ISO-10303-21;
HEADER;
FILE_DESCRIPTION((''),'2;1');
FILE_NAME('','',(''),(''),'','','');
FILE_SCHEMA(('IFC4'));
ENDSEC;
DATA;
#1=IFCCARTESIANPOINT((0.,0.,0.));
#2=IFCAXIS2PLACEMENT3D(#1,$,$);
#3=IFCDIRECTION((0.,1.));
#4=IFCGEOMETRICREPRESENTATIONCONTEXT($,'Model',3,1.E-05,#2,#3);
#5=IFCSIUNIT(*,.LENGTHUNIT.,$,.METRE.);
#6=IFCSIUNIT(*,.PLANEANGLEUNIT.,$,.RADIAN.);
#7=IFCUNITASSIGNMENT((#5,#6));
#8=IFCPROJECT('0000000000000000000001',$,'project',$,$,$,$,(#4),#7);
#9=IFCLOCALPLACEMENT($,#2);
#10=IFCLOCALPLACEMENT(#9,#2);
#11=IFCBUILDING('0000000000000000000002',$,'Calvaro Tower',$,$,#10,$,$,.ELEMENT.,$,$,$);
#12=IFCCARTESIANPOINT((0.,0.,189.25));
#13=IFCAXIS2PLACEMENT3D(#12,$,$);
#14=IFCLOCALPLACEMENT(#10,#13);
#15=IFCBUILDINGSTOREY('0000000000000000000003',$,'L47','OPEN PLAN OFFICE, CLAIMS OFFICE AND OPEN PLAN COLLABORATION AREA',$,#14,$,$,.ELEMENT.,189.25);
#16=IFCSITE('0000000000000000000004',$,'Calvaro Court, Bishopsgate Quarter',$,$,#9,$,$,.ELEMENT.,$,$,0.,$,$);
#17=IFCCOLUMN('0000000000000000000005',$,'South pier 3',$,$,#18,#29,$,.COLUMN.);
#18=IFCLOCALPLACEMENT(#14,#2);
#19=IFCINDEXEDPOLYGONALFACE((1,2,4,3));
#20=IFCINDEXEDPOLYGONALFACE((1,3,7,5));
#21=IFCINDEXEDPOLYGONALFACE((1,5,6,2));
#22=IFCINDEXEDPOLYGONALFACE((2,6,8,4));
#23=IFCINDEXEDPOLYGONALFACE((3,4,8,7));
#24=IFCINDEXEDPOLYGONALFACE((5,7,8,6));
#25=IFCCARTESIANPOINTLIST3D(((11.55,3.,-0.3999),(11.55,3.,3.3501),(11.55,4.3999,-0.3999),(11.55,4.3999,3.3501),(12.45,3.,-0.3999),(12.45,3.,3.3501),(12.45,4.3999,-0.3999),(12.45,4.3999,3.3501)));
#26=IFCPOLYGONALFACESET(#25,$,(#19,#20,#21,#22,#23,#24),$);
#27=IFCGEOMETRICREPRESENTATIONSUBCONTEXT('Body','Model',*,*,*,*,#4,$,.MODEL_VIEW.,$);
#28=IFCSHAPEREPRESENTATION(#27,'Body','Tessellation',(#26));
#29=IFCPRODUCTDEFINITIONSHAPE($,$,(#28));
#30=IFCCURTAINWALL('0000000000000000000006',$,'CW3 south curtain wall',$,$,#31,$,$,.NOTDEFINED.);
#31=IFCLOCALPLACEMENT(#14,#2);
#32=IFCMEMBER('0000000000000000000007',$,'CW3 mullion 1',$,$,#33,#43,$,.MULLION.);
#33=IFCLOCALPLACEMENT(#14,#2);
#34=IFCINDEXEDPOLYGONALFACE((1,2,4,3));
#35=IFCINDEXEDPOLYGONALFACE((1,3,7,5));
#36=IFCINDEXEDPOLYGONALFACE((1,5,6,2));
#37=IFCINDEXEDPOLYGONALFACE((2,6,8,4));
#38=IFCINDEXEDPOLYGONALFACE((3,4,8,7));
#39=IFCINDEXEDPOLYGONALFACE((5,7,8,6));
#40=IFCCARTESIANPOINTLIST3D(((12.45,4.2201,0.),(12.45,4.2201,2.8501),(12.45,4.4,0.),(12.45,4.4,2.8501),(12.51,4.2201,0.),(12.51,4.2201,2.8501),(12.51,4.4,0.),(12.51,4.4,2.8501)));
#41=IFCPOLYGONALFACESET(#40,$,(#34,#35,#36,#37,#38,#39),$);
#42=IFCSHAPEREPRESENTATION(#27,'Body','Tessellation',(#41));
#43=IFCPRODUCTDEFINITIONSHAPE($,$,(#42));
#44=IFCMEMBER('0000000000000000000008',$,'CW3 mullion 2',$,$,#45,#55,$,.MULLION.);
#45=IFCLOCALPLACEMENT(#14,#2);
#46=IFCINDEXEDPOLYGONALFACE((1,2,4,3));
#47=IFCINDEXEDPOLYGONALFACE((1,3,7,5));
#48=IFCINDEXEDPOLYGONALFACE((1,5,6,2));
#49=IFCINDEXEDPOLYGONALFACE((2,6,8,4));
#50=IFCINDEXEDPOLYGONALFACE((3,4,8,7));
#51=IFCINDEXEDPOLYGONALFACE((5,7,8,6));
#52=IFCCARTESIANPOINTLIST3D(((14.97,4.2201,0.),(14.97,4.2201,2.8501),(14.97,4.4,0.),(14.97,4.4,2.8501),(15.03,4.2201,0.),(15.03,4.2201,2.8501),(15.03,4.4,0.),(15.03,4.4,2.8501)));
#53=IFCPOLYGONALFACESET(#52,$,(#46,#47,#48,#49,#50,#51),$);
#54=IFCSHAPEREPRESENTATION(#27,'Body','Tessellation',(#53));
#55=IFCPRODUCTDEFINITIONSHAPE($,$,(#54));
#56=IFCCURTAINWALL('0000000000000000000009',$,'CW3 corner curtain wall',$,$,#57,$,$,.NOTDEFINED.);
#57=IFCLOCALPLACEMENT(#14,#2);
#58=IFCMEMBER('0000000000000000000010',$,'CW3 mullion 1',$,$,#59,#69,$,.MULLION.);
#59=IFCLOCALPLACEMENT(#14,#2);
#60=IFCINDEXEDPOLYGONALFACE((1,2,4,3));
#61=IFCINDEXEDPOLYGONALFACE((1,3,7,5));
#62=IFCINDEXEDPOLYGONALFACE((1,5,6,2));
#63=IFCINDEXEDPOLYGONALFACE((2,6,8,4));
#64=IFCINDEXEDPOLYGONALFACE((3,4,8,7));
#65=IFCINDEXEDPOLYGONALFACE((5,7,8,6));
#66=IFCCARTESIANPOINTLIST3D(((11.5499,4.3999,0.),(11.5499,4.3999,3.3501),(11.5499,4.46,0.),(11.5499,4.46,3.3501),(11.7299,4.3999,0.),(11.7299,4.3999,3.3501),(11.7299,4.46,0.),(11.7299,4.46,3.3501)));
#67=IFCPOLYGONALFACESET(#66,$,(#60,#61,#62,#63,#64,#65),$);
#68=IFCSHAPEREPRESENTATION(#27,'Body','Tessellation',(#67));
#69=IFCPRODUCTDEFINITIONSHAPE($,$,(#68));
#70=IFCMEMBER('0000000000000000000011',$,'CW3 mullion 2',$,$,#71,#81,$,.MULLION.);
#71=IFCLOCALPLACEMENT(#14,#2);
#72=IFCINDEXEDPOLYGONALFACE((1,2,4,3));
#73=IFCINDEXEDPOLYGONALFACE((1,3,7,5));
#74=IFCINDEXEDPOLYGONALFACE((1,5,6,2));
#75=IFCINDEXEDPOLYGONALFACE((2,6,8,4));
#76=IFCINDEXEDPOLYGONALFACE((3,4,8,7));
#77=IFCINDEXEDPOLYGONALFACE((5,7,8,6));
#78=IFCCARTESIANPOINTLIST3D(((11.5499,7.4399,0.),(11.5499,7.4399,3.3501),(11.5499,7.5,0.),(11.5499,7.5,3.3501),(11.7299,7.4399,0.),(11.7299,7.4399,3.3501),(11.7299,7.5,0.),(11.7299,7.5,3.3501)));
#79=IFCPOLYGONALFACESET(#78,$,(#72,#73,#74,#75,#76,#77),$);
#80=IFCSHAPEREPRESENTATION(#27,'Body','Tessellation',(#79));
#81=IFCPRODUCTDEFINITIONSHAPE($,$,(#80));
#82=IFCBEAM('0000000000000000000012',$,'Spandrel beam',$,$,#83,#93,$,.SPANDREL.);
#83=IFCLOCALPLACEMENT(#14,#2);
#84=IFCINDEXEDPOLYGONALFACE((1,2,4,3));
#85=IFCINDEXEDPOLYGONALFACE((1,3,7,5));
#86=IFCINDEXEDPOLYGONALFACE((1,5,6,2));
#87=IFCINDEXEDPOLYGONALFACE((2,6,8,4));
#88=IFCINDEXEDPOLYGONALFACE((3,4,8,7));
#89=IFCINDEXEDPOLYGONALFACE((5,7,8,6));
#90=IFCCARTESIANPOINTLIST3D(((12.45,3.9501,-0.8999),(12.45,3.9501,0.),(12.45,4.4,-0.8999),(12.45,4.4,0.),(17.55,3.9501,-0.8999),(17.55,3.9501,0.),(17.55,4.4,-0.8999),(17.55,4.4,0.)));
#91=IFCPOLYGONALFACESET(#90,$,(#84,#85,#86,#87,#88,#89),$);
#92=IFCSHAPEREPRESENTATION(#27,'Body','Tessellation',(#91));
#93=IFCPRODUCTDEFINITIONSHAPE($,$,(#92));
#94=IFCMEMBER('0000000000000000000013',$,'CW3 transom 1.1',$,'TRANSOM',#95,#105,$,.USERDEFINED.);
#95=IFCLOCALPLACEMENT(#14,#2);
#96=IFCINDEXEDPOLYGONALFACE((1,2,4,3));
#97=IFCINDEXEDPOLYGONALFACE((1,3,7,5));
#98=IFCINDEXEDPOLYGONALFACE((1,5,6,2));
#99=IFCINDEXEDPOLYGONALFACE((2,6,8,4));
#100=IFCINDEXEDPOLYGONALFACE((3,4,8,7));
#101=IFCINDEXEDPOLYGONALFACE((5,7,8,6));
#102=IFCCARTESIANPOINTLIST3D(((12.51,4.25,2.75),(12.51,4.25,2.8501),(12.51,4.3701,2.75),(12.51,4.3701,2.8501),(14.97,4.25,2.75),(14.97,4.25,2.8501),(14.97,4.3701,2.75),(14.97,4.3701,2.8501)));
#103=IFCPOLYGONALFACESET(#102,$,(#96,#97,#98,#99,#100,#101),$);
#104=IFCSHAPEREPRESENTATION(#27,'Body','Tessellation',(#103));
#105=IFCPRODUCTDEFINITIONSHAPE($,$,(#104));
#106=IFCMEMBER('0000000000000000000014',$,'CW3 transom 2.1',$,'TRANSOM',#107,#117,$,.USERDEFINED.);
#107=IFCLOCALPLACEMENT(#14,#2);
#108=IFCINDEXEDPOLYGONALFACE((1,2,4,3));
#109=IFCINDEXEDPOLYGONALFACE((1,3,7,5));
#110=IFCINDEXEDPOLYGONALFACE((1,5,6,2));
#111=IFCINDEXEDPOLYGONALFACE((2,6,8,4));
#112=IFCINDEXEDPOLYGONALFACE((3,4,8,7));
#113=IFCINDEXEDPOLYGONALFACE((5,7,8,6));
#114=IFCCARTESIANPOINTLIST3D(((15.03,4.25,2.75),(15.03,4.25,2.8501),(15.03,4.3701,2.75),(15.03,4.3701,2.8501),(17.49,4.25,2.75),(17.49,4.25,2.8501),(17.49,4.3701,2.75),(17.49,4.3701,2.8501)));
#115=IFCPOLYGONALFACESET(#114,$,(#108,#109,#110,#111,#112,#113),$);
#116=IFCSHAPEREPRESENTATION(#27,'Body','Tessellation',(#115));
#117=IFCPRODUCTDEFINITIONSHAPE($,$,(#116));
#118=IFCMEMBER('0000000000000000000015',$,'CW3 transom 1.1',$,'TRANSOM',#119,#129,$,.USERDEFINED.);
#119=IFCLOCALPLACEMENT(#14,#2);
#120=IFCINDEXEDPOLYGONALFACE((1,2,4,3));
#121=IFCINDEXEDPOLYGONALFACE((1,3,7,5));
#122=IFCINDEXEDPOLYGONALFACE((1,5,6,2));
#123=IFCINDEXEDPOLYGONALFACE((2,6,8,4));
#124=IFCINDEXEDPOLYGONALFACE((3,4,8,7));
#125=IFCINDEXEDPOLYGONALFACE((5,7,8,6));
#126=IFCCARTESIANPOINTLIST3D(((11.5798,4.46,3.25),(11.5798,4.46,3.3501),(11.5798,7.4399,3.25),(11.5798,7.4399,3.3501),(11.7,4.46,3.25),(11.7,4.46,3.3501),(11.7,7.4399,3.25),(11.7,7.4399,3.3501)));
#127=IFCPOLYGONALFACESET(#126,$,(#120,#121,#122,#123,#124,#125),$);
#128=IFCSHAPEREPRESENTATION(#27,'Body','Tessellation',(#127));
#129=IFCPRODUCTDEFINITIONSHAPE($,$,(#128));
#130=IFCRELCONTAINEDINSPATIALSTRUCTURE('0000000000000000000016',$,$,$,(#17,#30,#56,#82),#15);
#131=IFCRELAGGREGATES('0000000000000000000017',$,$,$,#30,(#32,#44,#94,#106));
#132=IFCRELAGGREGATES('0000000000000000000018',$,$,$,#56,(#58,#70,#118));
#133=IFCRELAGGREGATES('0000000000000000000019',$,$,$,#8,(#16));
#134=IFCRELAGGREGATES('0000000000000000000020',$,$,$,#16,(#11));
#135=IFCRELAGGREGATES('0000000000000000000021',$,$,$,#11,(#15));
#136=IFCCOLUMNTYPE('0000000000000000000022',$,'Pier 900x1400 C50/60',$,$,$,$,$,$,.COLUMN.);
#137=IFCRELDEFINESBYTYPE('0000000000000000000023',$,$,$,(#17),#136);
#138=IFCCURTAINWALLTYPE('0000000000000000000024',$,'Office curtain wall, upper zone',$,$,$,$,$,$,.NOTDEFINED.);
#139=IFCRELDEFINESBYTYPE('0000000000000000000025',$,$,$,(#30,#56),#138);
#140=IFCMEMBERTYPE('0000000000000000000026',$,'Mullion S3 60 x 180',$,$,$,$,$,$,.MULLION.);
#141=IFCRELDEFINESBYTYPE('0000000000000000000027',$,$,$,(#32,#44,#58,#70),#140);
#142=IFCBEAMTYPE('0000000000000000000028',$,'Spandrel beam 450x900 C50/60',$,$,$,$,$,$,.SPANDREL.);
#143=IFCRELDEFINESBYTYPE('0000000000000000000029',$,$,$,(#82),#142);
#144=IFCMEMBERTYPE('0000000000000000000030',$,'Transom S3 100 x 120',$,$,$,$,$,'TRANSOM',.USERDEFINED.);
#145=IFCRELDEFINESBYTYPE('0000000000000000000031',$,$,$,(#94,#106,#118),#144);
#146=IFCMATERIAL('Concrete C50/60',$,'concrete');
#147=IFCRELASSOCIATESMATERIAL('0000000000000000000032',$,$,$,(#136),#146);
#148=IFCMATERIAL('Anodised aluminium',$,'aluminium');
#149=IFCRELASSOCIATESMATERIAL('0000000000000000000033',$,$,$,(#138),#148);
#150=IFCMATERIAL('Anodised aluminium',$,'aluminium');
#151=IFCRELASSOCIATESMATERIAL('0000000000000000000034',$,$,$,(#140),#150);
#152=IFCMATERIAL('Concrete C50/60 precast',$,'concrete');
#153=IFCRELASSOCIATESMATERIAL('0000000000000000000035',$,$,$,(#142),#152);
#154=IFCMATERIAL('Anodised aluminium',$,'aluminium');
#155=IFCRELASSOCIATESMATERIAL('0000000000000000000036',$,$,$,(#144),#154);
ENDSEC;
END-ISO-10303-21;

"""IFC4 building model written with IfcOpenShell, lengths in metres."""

from ifc_helpers import new_model, si_unit, direction, frame, origin, origin_2d, place, context, subcontext, project, spatial, rectangle, extrude, material, material_profile, profile_set, type_object, element, aggregate, save


model = new_model("IFC4")

# Units and contexts
model_context = context("Model", 3, precision=1e-05, world=origin(), true_north=direction((0.0, 1.0)))
body_context = subcontext(model_context, "Body", "Model", "MODEL_VIEW")
ifc_project = project(units=[si_unit("LENGTHUNIT", "METRE"), si_unit("PLANEANGLEUNIT", "RADIAN")], contexts=[model_context])

# Site, building, storey
site_placement = place(None, origin())
site = spatial("IfcSite", under=ifc_project, at=site_placement, Name="Calvaro Court, Bishopsgate Quarter", CompositionType="ELEMENT", RefElevation=0.0)
building_placement = place(site_placement, origin())
building = spatial("IfcBuilding", under=site, at=building_placement, Name="Calvaro Tower", CompositionType="ELEMENT")
storey_placement = place(building_placement, frame((0.0, 0.0, 189.25)))
storey = spatial("IfcBuildingStorey", under=building, at=storey_placement, Name="L47", Description="OPEN PLAN OFFICE, CLAIMS OFFICE AND OPEN PLAN COLLABORATION AREA", CompositionType="ELEMENT", Elevation=189.25)

# Column
ifc_material_1 = material(Name="Concrete C50/60", Category="concrete")
ifc_material_profile_1 = material_profile(ifc_material_1, rectangle(XDim=0.8999, YDim=1.3999, at=origin_2d()), Name="RC 900x1400")
ifc_profile_set_1 = profile_set([ifc_material_profile_1], Name="Concrete C50/60")
column_type = type_object("IfcColumnType", Name="Pier 900x1400 C50/60", PredefinedType="COLUMN", material=ifc_profile_set_1)
column_placement = place(storey_placement, frame((12.0, 3.7, -0.3999), z_axis=(0.0, 0.0, 1.0), x_axis=(1.0, 0.0, 0.0)))
element("IfcColumn", 1, at=column_placement, inside=storey, type_object=column_type, Name="South pier 3", PredefinedType="COLUMN", context=body_context, shape_type="SweptSolid", body=[
    extrude(rectangle(XDim=0.8999, YDim=1.3999, at=origin_2d()), origin(), (0.0, 0.0, 1.0), 3.75),
])

# Curtain walls, members
ifc_material_2 = material(Name="Anodised aluminium", Category="aluminium")
curtain_wall_type = type_object("IfcCurtainWallType", Name="Office curtain wall, upper zone", PredefinedType="NOTDEFINED", material=ifc_material_2)
curtain_wall_1_placement = place(storey_placement, origin())
curtain_wall_1 = element("IfcCurtainWall", 2, at=curtain_wall_1_placement, inside=storey, type_object=curtain_wall_type, Name="CW3 south curtain wall", PredefinedType="NOTDEFINED")
ifc_material_3 = material(Name="Anodised aluminium", Category="aluminium")
ifc_material_profile_2 = material_profile(ifc_material_3, rectangle(XDim=0.1799, YDim=0.0601, at=origin_2d()), Name="Mullion S3 60 x 180")
ifc_profile_set_2 = profile_set([ifc_material_profile_2], Name="Anodised aluminium")
member_type_1 = type_object("IfcMemberType", Name="Mullion S3 60 x 180", PredefinedType="MULLION", material=ifc_profile_set_2)
member_1_placement = place(storey_placement, frame((12.48, 4.3101, 0.0), z_axis=(0.0, 0.0, 1.0), x_axis=(0.0, 1.0, 0.0)))
member_1 = element("IfcMember", 3, at=member_1_placement, type_object=member_type_1, Name="CW3 mullion 1", PredefinedType="MULLION", context=body_context, shape_type="SweptSolid", body=[
    extrude(rectangle(XDim=0.1799, YDim=0.0601, at=origin_2d()), origin(), (0.0, 0.0, 1.0), 2.8501),
])
member_2_placement = place(storey_placement, frame((15.0, 4.3101, 0.0), z_axis=(0.0, 0.0, 1.0), x_axis=(0.0, 1.0, 0.0)))
member_2 = element("IfcMember", 4, at=member_2_placement, type_object=member_type_1, Name="CW3 mullion 2", PredefinedType="MULLION", context=body_context, shape_type="SweptSolid", body=[
    extrude(rectangle(XDim=0.1799, YDim=0.0601, at=origin_2d()), origin(), (0.0, 0.0, 1.0), 2.8501),
])
curtain_wall_2_placement = place(storey_placement, origin())
curtain_wall_2 = element("IfcCurtainWall", 5, at=curtain_wall_2_placement, inside=storey, type_object=curtain_wall_type, Name="CW3 corner curtain wall", PredefinedType="NOTDEFINED")
member_3_placement = place(storey_placement, frame((11.6399, 4.4299, 0.0), z_axis=(0.0, 0.0, 1.0), x_axis=(-1.0, 0.0, 0.0)))
member_3 = element("IfcMember", 6, at=member_3_placement, type_object=member_type_1, Name="CW3 mullion 1", PredefinedType="MULLION", context=body_context, shape_type="SweptSolid", body=[
    extrude(rectangle(XDim=0.1799, YDim=0.0601, at=origin_2d()), origin(), (0.0, 0.0, 1.0), 3.3501),
])
member_4_placement = place(storey_placement, frame((11.6399, 7.47, 0.0), z_axis=(0.0, 0.0, 1.0), x_axis=(-1.0, 0.0, 0.0)))
member_4 = element("IfcMember", 7, at=member_4_placement, type_object=member_type_1, Name="CW3 mullion 2", PredefinedType="MULLION", context=body_context, shape_type="SweptSolid", body=[
    extrude(rectangle(XDim=0.1799, YDim=0.0601, at=origin_2d()), origin(), (0.0, 0.0, 1.0), 3.3501),
])

# Beam
ifc_material_4 = material(Name="Concrete C50/60 precast", Category="concrete")
ifc_material_profile_3 = material_profile(ifc_material_4, rectangle(XDim=0.45, YDim=0.8999, at=origin_2d()), Name="RC 450x900")
ifc_profile_set_3 = profile_set([ifc_material_profile_3], Name="Concrete C50/60 precast")
beam_type = type_object("IfcBeamType", Name="Spandrel beam 450x900 C50/60", PredefinedType="SPANDREL", material=ifc_profile_set_3)
beam_placement = place(storey_placement, frame((12.45, 4.175, -0.45), z_axis=(1.0, 0.0, 0.0), x_axis=(0.0, 1.0, 0.0)))
element("IfcBeam", 8, at=beam_placement, inside=storey, type_object=beam_type, Name="Spandrel beam", PredefinedType="SPANDREL", context=body_context, shape_type="SweptSolid", body=[
    extrude(rectangle(XDim=0.45, YDim=0.8999, at=origin_2d()), origin(), (0.0, 0.0, 1.0), 5.1001),
])

# Members
ifc_material_5 = material(Name="Anodised aluminium", Category="aluminium")
ifc_material_profile_4 = material_profile(ifc_material_5, rectangle(XDim=0.1201, YDim=0.1001, at=origin_2d()), Name="Transom S3 100 x 120")
ifc_profile_set_4 = profile_set([ifc_material_profile_4], Name="Anodised aluminium")
member_type_2 = type_object("IfcMemberType", Name="Transom S3 100 x 120", ElementType="TRANSOM", PredefinedType="USERDEFINED", material=ifc_profile_set_4)
member_5_placement = place(storey_placement, frame((12.51, 4.3101, 2.8), z_axis=(1.0, 0.0, 0.0), x_axis=(0.0, 1.0, 0.0)))
member_5 = element("IfcMember", 9, at=member_5_placement, type_object=member_type_2, Name="CW3 transom 1.1", ObjectType="TRANSOM", PredefinedType="USERDEFINED", context=body_context, shape_type="SweptSolid", body=[
    extrude(rectangle(XDim=0.1201, YDim=0.1001, at=origin_2d()), origin(), (0.0, 0.0, 1.0), 2.46),
])
member_6_placement = place(storey_placement, frame((15.03, 4.3101, 2.8), z_axis=(1.0, 0.0, 0.0), x_axis=(0.0, 1.0, 0.0)))
member_6 = element("IfcMember", 10, at=member_6_placement, type_object=member_type_2, Name="CW3 transom 2.1", ObjectType="TRANSOM", PredefinedType="USERDEFINED", context=body_context, shape_type="SweptSolid", body=[
    extrude(rectangle(XDim=0.1201, YDim=0.1001, at=origin_2d()), origin(), (0.0, 0.0, 1.0), 2.46),
])
member_7_placement = place(storey_placement, frame((11.6399, 4.46, 3.3), z_axis=(0.0, 1.0, 0.0), x_axis=(-1.0, 0.0, 0.0)))
member_7 = element("IfcMember", 11, at=member_7_placement, type_object=member_type_2, Name="CW3 transom 1.1", ObjectType="TRANSOM", PredefinedType="USERDEFINED", context=body_context, shape_type="SweptSolid", body=[
    extrude(rectangle(XDim=0.1201, YDim=0.1001, at=origin_2d()), origin(), (0.0, 0.0, 1.0), 2.98),
])

aggregate(curtain_wall_1, [member_1, member_2, member_5, member_6])
aggregate(curtain_wall_2, [member_3, member_4, member_7])

save(model, "model.ifc")
